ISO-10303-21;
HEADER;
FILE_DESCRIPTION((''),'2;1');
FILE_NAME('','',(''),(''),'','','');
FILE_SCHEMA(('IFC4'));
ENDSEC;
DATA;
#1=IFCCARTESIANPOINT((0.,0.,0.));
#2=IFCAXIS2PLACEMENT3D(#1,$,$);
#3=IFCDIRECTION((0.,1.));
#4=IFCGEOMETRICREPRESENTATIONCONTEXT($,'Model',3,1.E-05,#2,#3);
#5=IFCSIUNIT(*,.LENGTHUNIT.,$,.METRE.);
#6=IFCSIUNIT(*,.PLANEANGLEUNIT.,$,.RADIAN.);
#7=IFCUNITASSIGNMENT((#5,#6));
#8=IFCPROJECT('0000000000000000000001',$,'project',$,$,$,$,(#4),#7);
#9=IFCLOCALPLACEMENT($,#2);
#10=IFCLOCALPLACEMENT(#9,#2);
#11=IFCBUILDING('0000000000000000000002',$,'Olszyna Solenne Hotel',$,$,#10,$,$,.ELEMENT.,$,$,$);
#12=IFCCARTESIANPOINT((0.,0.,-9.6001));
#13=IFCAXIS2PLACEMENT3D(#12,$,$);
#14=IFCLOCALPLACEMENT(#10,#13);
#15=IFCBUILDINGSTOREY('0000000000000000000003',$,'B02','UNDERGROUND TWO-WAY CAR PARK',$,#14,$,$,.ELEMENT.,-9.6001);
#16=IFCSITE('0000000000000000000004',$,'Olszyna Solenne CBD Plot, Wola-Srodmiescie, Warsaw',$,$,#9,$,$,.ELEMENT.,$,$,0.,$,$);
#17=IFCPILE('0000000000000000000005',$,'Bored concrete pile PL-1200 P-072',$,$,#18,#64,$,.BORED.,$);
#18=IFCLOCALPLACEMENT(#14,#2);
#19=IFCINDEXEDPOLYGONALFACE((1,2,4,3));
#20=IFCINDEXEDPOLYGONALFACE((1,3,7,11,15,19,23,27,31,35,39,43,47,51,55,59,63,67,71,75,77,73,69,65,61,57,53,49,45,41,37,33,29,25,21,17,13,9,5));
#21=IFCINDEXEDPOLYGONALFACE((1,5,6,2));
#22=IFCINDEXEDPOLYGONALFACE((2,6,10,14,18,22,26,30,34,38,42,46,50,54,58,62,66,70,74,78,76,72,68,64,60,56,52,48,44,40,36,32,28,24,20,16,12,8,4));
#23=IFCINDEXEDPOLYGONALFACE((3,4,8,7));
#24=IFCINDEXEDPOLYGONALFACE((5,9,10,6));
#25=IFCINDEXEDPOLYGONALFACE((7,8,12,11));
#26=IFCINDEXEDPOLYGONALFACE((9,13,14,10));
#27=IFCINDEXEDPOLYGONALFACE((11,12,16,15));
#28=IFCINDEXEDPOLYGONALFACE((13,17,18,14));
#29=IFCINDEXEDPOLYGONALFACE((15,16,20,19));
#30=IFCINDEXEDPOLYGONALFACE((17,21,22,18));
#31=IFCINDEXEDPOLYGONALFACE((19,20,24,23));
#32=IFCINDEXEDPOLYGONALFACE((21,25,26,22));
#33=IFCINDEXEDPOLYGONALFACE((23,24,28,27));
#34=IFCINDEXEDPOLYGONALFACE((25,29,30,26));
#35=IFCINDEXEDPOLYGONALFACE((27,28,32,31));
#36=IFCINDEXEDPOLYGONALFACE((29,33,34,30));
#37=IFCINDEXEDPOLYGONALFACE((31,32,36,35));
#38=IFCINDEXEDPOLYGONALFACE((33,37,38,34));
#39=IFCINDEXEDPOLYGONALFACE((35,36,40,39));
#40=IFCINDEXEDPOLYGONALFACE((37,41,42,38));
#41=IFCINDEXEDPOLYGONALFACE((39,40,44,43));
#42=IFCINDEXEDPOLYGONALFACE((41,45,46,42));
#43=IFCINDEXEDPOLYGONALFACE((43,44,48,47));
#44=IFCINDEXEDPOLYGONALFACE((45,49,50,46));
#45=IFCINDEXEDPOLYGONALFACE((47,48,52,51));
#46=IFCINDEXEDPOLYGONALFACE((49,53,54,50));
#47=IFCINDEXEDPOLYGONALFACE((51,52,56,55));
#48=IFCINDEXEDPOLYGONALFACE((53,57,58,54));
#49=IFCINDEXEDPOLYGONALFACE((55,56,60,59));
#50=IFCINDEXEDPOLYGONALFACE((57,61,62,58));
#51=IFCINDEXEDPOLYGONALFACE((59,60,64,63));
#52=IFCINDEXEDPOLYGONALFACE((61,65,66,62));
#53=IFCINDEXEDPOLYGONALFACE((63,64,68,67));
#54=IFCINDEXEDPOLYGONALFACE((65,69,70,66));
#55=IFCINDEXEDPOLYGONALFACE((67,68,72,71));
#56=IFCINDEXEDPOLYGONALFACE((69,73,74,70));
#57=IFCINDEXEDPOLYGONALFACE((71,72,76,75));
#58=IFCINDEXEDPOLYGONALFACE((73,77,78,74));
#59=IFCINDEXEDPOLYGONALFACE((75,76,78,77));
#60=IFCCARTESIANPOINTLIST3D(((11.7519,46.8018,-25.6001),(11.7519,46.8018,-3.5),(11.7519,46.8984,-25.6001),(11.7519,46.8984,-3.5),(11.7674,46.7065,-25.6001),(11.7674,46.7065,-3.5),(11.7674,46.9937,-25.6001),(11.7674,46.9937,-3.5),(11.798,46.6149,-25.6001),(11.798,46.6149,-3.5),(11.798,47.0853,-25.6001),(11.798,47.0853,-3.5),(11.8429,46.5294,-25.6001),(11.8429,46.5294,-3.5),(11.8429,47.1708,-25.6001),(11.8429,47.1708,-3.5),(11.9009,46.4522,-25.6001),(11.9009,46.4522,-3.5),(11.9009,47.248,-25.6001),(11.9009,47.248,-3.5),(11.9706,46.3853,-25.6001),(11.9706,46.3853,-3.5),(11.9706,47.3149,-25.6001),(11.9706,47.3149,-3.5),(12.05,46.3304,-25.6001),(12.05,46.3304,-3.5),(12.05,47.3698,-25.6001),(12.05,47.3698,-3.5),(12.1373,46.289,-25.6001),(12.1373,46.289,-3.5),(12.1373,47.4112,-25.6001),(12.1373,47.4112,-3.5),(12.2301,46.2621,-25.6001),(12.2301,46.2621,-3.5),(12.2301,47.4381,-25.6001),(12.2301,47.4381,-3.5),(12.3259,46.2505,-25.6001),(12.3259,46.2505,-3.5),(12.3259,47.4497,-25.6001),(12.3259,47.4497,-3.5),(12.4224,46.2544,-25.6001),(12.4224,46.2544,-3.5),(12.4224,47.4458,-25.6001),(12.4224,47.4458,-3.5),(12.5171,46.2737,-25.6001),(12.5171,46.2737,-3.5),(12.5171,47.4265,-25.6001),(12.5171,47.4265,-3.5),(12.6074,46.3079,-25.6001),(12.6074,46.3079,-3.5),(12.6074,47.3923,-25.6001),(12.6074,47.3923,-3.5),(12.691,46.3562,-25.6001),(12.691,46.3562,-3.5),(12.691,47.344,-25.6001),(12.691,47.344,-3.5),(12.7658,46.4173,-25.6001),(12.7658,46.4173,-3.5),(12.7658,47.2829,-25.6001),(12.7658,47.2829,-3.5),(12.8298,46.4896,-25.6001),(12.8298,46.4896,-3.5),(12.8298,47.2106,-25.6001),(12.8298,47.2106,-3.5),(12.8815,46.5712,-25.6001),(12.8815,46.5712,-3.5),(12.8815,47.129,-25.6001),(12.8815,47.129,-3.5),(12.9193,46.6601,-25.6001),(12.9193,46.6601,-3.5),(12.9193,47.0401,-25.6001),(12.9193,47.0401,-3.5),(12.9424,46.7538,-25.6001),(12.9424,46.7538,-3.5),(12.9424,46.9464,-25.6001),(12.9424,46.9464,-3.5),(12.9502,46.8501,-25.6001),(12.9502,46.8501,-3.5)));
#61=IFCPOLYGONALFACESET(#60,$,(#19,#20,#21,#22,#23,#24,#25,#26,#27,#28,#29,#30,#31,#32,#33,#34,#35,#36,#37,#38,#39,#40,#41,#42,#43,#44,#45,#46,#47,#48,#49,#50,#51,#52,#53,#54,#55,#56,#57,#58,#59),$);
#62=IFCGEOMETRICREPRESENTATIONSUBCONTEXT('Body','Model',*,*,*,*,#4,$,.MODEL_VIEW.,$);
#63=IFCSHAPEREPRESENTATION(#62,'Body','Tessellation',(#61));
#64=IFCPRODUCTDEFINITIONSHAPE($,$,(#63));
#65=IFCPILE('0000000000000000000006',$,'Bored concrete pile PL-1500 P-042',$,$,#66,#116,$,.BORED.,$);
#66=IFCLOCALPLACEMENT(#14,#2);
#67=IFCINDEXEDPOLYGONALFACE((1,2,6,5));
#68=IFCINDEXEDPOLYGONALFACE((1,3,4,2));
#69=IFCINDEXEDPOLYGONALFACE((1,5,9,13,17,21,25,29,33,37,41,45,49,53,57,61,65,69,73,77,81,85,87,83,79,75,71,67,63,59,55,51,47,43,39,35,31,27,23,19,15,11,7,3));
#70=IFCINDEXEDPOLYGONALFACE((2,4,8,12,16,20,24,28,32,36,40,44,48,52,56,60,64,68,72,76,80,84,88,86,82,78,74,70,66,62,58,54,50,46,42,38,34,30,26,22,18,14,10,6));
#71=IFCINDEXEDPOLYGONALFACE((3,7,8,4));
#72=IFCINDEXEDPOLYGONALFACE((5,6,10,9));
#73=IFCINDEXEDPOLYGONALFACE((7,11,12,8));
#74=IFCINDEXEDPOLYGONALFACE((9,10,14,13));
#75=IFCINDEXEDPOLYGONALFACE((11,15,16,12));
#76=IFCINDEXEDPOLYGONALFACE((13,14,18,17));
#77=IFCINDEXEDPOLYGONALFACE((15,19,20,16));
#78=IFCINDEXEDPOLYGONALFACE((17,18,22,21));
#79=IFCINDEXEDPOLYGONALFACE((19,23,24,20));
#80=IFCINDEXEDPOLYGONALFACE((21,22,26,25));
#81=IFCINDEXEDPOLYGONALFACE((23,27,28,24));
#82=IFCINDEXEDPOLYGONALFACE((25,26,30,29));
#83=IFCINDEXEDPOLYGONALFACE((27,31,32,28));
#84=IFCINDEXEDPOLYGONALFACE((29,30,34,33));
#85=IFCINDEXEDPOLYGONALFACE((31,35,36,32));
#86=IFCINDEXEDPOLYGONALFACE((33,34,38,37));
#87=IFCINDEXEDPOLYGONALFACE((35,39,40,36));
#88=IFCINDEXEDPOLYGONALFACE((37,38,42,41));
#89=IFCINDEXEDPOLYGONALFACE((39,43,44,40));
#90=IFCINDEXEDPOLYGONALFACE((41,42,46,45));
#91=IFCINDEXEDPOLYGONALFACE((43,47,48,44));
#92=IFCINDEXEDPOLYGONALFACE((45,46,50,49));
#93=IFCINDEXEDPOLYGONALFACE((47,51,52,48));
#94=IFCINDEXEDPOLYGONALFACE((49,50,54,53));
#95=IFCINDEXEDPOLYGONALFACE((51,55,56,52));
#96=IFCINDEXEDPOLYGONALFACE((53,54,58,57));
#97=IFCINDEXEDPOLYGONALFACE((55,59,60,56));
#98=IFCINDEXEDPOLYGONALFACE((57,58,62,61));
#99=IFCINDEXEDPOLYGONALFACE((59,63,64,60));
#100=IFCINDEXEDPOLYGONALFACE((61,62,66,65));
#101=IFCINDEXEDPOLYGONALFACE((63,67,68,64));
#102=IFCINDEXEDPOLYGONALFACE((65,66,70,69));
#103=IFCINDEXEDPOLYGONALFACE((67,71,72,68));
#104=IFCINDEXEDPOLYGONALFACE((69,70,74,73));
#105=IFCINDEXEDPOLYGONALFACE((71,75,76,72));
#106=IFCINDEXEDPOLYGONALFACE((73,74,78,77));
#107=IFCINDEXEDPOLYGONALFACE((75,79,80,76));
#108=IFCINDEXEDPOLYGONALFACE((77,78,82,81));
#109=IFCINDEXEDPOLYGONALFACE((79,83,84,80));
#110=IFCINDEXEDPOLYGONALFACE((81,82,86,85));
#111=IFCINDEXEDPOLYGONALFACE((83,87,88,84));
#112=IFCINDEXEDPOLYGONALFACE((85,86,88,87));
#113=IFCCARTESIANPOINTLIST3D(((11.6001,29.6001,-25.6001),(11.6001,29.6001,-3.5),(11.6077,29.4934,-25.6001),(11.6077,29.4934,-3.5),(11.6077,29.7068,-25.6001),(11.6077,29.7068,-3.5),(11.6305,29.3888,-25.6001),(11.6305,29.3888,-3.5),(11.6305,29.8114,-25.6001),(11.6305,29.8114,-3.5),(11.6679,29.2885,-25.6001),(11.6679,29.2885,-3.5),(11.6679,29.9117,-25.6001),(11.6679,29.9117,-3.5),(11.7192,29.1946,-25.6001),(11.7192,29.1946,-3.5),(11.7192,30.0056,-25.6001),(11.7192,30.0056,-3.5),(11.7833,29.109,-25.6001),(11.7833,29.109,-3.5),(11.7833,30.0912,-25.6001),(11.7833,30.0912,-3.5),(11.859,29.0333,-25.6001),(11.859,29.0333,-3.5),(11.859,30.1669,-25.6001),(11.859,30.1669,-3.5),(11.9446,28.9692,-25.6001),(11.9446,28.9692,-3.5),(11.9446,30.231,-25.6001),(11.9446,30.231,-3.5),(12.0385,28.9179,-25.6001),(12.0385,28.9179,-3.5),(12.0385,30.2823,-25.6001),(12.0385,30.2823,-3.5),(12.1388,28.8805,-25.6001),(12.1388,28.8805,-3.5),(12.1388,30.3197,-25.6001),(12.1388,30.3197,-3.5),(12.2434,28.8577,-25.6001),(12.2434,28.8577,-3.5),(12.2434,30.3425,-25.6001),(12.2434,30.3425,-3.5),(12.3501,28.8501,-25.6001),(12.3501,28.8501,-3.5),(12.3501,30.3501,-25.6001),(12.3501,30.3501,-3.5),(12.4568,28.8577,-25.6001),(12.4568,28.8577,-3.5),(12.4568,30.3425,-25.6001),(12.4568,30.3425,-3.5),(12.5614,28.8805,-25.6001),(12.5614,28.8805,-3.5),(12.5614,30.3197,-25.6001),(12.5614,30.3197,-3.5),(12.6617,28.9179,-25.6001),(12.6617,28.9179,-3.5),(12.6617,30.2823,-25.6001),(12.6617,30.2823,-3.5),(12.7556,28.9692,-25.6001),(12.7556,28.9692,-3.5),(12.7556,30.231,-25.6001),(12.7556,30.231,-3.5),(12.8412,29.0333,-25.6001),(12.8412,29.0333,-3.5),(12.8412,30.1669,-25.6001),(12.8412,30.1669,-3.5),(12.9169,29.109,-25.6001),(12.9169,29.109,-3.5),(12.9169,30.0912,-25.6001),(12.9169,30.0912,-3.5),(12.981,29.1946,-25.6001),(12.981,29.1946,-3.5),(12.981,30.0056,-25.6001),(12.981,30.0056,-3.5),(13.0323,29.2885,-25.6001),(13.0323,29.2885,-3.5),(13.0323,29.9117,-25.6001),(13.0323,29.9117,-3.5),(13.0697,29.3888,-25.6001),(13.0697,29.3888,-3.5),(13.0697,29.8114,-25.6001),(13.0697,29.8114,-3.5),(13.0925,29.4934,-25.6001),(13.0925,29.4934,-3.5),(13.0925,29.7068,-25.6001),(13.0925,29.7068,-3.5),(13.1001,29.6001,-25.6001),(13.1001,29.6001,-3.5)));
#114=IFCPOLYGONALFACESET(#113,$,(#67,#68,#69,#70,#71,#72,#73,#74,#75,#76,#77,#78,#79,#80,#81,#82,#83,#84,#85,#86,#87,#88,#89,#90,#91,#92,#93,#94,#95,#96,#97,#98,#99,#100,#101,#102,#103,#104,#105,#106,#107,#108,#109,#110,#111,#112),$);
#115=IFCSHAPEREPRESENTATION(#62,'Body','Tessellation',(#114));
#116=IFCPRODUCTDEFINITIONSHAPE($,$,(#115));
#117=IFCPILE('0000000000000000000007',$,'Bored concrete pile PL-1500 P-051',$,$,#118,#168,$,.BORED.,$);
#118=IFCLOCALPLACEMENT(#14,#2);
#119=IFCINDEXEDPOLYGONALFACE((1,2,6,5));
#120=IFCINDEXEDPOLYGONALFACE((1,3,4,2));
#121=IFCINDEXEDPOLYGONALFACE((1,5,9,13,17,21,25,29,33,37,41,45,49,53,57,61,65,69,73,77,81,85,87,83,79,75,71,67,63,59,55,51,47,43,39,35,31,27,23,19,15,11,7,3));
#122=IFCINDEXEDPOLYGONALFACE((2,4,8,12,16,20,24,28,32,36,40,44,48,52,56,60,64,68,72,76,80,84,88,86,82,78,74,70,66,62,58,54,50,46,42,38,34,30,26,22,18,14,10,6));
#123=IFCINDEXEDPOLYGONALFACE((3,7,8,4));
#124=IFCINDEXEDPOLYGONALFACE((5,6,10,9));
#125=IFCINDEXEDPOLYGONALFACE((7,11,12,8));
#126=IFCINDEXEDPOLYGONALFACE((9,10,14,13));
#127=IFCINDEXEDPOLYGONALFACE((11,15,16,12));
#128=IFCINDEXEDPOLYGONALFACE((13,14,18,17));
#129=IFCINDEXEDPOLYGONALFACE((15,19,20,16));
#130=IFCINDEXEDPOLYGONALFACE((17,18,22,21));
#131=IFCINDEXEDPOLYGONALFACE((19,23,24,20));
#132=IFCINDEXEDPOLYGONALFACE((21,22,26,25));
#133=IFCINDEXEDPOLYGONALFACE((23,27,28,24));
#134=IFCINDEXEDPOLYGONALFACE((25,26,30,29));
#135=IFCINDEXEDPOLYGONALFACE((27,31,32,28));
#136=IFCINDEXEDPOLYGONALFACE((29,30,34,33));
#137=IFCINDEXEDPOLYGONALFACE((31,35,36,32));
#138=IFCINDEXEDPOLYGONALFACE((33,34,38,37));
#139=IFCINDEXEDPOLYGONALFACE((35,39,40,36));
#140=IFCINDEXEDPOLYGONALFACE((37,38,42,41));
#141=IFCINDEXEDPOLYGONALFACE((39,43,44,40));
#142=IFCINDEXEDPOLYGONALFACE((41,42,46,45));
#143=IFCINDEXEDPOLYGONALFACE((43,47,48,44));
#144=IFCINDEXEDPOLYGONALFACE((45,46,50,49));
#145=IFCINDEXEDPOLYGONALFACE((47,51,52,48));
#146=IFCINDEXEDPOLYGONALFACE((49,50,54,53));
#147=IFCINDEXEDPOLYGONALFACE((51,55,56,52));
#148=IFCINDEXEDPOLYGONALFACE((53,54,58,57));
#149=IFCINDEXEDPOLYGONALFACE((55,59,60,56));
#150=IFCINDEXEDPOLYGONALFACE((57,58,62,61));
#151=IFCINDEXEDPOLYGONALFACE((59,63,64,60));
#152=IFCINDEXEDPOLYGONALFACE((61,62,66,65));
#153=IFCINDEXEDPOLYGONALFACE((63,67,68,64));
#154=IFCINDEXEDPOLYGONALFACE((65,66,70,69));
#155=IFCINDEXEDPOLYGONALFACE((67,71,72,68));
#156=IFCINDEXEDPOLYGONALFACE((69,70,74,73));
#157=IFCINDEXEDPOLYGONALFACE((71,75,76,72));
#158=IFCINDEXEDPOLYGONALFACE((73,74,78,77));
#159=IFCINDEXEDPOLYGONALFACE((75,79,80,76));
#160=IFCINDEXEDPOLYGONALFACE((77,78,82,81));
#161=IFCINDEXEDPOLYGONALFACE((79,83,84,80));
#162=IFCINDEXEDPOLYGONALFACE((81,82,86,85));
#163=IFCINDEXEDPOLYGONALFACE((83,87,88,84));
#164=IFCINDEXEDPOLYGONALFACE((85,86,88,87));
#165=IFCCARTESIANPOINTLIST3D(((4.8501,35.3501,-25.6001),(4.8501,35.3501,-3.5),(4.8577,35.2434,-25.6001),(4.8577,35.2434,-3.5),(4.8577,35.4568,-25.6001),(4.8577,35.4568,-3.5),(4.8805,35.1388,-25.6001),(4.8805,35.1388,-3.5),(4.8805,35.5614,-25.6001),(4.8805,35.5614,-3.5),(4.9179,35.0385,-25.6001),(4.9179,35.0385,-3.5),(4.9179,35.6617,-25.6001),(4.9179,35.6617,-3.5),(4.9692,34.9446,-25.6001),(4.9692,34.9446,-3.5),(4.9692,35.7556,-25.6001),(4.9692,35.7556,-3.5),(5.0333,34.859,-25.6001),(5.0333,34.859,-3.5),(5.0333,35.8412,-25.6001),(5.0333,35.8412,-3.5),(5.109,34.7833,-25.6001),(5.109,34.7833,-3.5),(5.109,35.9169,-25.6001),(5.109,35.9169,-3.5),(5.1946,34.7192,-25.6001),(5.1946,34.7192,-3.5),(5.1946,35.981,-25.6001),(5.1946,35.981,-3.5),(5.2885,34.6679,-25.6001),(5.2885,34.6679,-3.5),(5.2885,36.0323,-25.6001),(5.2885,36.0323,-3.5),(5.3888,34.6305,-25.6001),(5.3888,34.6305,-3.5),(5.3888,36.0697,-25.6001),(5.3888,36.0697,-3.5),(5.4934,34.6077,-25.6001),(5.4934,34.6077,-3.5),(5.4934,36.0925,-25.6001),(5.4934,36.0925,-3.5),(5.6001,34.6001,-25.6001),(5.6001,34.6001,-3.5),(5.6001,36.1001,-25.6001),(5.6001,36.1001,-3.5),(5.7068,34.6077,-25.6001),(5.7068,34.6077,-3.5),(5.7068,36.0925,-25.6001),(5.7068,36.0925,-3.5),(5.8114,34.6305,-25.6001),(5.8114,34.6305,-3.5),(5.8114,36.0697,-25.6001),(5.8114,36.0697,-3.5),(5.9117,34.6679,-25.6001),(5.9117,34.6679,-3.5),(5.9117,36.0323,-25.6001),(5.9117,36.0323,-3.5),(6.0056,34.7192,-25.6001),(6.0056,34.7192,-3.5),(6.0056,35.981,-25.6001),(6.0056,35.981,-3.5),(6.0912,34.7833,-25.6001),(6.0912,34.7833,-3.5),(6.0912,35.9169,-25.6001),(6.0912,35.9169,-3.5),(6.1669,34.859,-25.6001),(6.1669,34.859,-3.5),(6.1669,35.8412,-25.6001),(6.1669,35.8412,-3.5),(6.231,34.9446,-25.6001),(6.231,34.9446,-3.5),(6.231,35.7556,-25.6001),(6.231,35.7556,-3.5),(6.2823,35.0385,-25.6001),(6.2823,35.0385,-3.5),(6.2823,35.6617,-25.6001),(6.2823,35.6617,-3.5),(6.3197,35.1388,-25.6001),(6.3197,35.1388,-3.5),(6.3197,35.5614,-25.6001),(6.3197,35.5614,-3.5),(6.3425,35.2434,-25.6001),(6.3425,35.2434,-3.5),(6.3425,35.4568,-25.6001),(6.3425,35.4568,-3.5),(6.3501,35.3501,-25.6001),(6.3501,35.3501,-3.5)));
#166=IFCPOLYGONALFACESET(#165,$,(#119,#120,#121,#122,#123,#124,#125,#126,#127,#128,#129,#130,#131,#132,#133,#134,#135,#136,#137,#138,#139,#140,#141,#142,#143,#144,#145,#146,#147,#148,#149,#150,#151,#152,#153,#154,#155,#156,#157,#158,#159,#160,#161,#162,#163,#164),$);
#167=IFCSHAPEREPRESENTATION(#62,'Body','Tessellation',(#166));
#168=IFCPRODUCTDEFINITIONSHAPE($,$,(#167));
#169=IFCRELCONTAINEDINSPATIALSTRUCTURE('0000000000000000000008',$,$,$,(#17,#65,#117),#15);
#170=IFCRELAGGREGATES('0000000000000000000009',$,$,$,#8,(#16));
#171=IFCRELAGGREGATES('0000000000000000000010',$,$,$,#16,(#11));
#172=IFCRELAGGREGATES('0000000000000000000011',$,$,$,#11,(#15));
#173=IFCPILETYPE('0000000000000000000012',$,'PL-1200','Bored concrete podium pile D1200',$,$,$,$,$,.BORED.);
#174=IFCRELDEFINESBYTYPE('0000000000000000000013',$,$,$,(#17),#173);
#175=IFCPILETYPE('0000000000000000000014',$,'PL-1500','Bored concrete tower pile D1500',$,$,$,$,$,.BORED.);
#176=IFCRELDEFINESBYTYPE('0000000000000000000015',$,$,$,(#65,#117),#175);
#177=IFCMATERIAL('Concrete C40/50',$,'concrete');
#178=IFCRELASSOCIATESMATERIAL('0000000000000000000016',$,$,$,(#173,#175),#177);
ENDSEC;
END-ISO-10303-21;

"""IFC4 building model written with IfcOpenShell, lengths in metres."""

from ifc_helpers import new_model, si_unit, direction, frame, origin, origin_2d, place, context, subcontext, project, spatial, circle, extrude, source, transform, mapped, material, material_profile, profile_set, type_object, element, save


model = new_model("IFC4")

# Units and contexts
model_context = context("Model", 3, precision=1e-05, world=origin(), true_north=direction((0.0, 1.0)))
body_context = subcontext(model_context, "Body", "Model", "MODEL_VIEW")
ifc_project = project(units=[si_unit("LENGTHUNIT", "METRE"), si_unit("PLANEANGLEUNIT", "RADIAN")], contexts=[model_context])

# Site, building, storey
site_placement = place(None, origin())
site = spatial("IfcSite", under=ifc_project, at=site_placement, Name="Olszyna Solenne CBD Plot, Wola-Srodmiescie, Warsaw", CompositionType="ELEMENT", RefElevation=0.0)
building_placement = place(site_placement, origin())
building = spatial("IfcBuilding", under=site, at=building_placement, Name="Olszyna Solenne Hotel", CompositionType="ELEMENT")
storey_placement = place(building_placement, frame((0.0, 0.0, -9.6001)))
storey = spatial("IfcBuildingStorey", under=building, at=storey_placement, Name="B02", Description="UNDERGROUND TWO-WAY CAR PARK", CompositionType="ELEMENT", Elevation=-9.6001)

# Piles
ifc_material_1 = material(Name="Concrete C40/50", Category="concrete")
ifc_material_profile_1 = material_profile(ifc_material_1, circle(Radius=0.6001, at=origin_2d()), Name="BORED PILE 1200", Category="load-bearing")
ifc_profile_set_1 = profile_set([ifc_material_profile_1], Name="Concrete C40/50")
pile_type_1 = type_object("IfcPileType", Name="PL-1200", Description="Bored concrete podium pile D1200", PredefinedType="BORED", material=ifc_profile_set_1)
shared_shape_1 = source(origin(), body_context, "Body", "SweptSolid", [
    extrude(circle(Radius=0.6001, at=origin_2d()), origin(), (0.0, 0.0, 1.0), 22.1001),
])
for number, where, z_axis, x_axis, name in (
    (1, (12.3501, 46.8501, -3.5), (0.0, 0.0, -1.0), (1.0, 0.0, 0.0), "Bored concrete pile PL-1200 P-072"),
):
    element("IfcPile", number, at=place(storey_placement, frame(where, z_axis=z_axis, x_axis=x_axis)), inside=storey, type_object=pile_type_1, Name=name, PredefinedType="BORED", context=body_context, shape_type="MappedRepresentation", body=[
        mapped(shared_shape_1, transform((0.0, 0.0, 0.0), x_axis=(1.0, 0.0, 0.0), y_axis=(0.0, 1.0, 0.0), z_axis=(0.0, 0.0, 1.0), scale=1.0)),
    ])
ifc_material_profile_2 = material_profile(ifc_material_1, circle(Radius=0.75, at=origin_2d()), Name="BORED PILE 1500", Category="load-bearing")
ifc_profile_set_2 = profile_set([ifc_material_profile_2], Name="Concrete C40/50")
pile_type_2 = type_object("IfcPileType", Name="PL-1500", Description="Bored concrete tower pile D1500", PredefinedType="BORED", material=ifc_profile_set_2)
shared_shape_2 = source(origin(), body_context, "Body", "SweptSolid", [
    extrude(circle(Radius=0.75, at=origin_2d()), origin(), (0.0, 0.0, 1.0), 22.1001),
])
for number, where, z_axis, x_axis, name in (
    (2, (12.3501, 29.6001, -3.5), (0.0, 0.0, -1.0), (1.0, 0.0, 0.0), "Bored concrete pile PL-1500 P-042"),
    (3, (5.6001, 35.3501, -3.5), (0.0, 0.0, -1.0), (1.0, 0.0, 0.0), "Bored concrete pile PL-1500 P-051"),
):
    element("IfcPile", number, at=place(storey_placement, frame(where, z_axis=z_axis, x_axis=x_axis)), inside=storey, type_object=pile_type_2, Name=name, PredefinedType="BORED", context=body_context, shape_type="MappedRepresentation", body=[
        mapped(shared_shape_2, transform((0.0, 0.0, 0.0), x_axis=(1.0, 0.0, 0.0), y_axis=(0.0, 1.0, 0.0), z_axis=(0.0, 0.0, 1.0), scale=1.0)),
    ])

save(model, "model.ifc")
